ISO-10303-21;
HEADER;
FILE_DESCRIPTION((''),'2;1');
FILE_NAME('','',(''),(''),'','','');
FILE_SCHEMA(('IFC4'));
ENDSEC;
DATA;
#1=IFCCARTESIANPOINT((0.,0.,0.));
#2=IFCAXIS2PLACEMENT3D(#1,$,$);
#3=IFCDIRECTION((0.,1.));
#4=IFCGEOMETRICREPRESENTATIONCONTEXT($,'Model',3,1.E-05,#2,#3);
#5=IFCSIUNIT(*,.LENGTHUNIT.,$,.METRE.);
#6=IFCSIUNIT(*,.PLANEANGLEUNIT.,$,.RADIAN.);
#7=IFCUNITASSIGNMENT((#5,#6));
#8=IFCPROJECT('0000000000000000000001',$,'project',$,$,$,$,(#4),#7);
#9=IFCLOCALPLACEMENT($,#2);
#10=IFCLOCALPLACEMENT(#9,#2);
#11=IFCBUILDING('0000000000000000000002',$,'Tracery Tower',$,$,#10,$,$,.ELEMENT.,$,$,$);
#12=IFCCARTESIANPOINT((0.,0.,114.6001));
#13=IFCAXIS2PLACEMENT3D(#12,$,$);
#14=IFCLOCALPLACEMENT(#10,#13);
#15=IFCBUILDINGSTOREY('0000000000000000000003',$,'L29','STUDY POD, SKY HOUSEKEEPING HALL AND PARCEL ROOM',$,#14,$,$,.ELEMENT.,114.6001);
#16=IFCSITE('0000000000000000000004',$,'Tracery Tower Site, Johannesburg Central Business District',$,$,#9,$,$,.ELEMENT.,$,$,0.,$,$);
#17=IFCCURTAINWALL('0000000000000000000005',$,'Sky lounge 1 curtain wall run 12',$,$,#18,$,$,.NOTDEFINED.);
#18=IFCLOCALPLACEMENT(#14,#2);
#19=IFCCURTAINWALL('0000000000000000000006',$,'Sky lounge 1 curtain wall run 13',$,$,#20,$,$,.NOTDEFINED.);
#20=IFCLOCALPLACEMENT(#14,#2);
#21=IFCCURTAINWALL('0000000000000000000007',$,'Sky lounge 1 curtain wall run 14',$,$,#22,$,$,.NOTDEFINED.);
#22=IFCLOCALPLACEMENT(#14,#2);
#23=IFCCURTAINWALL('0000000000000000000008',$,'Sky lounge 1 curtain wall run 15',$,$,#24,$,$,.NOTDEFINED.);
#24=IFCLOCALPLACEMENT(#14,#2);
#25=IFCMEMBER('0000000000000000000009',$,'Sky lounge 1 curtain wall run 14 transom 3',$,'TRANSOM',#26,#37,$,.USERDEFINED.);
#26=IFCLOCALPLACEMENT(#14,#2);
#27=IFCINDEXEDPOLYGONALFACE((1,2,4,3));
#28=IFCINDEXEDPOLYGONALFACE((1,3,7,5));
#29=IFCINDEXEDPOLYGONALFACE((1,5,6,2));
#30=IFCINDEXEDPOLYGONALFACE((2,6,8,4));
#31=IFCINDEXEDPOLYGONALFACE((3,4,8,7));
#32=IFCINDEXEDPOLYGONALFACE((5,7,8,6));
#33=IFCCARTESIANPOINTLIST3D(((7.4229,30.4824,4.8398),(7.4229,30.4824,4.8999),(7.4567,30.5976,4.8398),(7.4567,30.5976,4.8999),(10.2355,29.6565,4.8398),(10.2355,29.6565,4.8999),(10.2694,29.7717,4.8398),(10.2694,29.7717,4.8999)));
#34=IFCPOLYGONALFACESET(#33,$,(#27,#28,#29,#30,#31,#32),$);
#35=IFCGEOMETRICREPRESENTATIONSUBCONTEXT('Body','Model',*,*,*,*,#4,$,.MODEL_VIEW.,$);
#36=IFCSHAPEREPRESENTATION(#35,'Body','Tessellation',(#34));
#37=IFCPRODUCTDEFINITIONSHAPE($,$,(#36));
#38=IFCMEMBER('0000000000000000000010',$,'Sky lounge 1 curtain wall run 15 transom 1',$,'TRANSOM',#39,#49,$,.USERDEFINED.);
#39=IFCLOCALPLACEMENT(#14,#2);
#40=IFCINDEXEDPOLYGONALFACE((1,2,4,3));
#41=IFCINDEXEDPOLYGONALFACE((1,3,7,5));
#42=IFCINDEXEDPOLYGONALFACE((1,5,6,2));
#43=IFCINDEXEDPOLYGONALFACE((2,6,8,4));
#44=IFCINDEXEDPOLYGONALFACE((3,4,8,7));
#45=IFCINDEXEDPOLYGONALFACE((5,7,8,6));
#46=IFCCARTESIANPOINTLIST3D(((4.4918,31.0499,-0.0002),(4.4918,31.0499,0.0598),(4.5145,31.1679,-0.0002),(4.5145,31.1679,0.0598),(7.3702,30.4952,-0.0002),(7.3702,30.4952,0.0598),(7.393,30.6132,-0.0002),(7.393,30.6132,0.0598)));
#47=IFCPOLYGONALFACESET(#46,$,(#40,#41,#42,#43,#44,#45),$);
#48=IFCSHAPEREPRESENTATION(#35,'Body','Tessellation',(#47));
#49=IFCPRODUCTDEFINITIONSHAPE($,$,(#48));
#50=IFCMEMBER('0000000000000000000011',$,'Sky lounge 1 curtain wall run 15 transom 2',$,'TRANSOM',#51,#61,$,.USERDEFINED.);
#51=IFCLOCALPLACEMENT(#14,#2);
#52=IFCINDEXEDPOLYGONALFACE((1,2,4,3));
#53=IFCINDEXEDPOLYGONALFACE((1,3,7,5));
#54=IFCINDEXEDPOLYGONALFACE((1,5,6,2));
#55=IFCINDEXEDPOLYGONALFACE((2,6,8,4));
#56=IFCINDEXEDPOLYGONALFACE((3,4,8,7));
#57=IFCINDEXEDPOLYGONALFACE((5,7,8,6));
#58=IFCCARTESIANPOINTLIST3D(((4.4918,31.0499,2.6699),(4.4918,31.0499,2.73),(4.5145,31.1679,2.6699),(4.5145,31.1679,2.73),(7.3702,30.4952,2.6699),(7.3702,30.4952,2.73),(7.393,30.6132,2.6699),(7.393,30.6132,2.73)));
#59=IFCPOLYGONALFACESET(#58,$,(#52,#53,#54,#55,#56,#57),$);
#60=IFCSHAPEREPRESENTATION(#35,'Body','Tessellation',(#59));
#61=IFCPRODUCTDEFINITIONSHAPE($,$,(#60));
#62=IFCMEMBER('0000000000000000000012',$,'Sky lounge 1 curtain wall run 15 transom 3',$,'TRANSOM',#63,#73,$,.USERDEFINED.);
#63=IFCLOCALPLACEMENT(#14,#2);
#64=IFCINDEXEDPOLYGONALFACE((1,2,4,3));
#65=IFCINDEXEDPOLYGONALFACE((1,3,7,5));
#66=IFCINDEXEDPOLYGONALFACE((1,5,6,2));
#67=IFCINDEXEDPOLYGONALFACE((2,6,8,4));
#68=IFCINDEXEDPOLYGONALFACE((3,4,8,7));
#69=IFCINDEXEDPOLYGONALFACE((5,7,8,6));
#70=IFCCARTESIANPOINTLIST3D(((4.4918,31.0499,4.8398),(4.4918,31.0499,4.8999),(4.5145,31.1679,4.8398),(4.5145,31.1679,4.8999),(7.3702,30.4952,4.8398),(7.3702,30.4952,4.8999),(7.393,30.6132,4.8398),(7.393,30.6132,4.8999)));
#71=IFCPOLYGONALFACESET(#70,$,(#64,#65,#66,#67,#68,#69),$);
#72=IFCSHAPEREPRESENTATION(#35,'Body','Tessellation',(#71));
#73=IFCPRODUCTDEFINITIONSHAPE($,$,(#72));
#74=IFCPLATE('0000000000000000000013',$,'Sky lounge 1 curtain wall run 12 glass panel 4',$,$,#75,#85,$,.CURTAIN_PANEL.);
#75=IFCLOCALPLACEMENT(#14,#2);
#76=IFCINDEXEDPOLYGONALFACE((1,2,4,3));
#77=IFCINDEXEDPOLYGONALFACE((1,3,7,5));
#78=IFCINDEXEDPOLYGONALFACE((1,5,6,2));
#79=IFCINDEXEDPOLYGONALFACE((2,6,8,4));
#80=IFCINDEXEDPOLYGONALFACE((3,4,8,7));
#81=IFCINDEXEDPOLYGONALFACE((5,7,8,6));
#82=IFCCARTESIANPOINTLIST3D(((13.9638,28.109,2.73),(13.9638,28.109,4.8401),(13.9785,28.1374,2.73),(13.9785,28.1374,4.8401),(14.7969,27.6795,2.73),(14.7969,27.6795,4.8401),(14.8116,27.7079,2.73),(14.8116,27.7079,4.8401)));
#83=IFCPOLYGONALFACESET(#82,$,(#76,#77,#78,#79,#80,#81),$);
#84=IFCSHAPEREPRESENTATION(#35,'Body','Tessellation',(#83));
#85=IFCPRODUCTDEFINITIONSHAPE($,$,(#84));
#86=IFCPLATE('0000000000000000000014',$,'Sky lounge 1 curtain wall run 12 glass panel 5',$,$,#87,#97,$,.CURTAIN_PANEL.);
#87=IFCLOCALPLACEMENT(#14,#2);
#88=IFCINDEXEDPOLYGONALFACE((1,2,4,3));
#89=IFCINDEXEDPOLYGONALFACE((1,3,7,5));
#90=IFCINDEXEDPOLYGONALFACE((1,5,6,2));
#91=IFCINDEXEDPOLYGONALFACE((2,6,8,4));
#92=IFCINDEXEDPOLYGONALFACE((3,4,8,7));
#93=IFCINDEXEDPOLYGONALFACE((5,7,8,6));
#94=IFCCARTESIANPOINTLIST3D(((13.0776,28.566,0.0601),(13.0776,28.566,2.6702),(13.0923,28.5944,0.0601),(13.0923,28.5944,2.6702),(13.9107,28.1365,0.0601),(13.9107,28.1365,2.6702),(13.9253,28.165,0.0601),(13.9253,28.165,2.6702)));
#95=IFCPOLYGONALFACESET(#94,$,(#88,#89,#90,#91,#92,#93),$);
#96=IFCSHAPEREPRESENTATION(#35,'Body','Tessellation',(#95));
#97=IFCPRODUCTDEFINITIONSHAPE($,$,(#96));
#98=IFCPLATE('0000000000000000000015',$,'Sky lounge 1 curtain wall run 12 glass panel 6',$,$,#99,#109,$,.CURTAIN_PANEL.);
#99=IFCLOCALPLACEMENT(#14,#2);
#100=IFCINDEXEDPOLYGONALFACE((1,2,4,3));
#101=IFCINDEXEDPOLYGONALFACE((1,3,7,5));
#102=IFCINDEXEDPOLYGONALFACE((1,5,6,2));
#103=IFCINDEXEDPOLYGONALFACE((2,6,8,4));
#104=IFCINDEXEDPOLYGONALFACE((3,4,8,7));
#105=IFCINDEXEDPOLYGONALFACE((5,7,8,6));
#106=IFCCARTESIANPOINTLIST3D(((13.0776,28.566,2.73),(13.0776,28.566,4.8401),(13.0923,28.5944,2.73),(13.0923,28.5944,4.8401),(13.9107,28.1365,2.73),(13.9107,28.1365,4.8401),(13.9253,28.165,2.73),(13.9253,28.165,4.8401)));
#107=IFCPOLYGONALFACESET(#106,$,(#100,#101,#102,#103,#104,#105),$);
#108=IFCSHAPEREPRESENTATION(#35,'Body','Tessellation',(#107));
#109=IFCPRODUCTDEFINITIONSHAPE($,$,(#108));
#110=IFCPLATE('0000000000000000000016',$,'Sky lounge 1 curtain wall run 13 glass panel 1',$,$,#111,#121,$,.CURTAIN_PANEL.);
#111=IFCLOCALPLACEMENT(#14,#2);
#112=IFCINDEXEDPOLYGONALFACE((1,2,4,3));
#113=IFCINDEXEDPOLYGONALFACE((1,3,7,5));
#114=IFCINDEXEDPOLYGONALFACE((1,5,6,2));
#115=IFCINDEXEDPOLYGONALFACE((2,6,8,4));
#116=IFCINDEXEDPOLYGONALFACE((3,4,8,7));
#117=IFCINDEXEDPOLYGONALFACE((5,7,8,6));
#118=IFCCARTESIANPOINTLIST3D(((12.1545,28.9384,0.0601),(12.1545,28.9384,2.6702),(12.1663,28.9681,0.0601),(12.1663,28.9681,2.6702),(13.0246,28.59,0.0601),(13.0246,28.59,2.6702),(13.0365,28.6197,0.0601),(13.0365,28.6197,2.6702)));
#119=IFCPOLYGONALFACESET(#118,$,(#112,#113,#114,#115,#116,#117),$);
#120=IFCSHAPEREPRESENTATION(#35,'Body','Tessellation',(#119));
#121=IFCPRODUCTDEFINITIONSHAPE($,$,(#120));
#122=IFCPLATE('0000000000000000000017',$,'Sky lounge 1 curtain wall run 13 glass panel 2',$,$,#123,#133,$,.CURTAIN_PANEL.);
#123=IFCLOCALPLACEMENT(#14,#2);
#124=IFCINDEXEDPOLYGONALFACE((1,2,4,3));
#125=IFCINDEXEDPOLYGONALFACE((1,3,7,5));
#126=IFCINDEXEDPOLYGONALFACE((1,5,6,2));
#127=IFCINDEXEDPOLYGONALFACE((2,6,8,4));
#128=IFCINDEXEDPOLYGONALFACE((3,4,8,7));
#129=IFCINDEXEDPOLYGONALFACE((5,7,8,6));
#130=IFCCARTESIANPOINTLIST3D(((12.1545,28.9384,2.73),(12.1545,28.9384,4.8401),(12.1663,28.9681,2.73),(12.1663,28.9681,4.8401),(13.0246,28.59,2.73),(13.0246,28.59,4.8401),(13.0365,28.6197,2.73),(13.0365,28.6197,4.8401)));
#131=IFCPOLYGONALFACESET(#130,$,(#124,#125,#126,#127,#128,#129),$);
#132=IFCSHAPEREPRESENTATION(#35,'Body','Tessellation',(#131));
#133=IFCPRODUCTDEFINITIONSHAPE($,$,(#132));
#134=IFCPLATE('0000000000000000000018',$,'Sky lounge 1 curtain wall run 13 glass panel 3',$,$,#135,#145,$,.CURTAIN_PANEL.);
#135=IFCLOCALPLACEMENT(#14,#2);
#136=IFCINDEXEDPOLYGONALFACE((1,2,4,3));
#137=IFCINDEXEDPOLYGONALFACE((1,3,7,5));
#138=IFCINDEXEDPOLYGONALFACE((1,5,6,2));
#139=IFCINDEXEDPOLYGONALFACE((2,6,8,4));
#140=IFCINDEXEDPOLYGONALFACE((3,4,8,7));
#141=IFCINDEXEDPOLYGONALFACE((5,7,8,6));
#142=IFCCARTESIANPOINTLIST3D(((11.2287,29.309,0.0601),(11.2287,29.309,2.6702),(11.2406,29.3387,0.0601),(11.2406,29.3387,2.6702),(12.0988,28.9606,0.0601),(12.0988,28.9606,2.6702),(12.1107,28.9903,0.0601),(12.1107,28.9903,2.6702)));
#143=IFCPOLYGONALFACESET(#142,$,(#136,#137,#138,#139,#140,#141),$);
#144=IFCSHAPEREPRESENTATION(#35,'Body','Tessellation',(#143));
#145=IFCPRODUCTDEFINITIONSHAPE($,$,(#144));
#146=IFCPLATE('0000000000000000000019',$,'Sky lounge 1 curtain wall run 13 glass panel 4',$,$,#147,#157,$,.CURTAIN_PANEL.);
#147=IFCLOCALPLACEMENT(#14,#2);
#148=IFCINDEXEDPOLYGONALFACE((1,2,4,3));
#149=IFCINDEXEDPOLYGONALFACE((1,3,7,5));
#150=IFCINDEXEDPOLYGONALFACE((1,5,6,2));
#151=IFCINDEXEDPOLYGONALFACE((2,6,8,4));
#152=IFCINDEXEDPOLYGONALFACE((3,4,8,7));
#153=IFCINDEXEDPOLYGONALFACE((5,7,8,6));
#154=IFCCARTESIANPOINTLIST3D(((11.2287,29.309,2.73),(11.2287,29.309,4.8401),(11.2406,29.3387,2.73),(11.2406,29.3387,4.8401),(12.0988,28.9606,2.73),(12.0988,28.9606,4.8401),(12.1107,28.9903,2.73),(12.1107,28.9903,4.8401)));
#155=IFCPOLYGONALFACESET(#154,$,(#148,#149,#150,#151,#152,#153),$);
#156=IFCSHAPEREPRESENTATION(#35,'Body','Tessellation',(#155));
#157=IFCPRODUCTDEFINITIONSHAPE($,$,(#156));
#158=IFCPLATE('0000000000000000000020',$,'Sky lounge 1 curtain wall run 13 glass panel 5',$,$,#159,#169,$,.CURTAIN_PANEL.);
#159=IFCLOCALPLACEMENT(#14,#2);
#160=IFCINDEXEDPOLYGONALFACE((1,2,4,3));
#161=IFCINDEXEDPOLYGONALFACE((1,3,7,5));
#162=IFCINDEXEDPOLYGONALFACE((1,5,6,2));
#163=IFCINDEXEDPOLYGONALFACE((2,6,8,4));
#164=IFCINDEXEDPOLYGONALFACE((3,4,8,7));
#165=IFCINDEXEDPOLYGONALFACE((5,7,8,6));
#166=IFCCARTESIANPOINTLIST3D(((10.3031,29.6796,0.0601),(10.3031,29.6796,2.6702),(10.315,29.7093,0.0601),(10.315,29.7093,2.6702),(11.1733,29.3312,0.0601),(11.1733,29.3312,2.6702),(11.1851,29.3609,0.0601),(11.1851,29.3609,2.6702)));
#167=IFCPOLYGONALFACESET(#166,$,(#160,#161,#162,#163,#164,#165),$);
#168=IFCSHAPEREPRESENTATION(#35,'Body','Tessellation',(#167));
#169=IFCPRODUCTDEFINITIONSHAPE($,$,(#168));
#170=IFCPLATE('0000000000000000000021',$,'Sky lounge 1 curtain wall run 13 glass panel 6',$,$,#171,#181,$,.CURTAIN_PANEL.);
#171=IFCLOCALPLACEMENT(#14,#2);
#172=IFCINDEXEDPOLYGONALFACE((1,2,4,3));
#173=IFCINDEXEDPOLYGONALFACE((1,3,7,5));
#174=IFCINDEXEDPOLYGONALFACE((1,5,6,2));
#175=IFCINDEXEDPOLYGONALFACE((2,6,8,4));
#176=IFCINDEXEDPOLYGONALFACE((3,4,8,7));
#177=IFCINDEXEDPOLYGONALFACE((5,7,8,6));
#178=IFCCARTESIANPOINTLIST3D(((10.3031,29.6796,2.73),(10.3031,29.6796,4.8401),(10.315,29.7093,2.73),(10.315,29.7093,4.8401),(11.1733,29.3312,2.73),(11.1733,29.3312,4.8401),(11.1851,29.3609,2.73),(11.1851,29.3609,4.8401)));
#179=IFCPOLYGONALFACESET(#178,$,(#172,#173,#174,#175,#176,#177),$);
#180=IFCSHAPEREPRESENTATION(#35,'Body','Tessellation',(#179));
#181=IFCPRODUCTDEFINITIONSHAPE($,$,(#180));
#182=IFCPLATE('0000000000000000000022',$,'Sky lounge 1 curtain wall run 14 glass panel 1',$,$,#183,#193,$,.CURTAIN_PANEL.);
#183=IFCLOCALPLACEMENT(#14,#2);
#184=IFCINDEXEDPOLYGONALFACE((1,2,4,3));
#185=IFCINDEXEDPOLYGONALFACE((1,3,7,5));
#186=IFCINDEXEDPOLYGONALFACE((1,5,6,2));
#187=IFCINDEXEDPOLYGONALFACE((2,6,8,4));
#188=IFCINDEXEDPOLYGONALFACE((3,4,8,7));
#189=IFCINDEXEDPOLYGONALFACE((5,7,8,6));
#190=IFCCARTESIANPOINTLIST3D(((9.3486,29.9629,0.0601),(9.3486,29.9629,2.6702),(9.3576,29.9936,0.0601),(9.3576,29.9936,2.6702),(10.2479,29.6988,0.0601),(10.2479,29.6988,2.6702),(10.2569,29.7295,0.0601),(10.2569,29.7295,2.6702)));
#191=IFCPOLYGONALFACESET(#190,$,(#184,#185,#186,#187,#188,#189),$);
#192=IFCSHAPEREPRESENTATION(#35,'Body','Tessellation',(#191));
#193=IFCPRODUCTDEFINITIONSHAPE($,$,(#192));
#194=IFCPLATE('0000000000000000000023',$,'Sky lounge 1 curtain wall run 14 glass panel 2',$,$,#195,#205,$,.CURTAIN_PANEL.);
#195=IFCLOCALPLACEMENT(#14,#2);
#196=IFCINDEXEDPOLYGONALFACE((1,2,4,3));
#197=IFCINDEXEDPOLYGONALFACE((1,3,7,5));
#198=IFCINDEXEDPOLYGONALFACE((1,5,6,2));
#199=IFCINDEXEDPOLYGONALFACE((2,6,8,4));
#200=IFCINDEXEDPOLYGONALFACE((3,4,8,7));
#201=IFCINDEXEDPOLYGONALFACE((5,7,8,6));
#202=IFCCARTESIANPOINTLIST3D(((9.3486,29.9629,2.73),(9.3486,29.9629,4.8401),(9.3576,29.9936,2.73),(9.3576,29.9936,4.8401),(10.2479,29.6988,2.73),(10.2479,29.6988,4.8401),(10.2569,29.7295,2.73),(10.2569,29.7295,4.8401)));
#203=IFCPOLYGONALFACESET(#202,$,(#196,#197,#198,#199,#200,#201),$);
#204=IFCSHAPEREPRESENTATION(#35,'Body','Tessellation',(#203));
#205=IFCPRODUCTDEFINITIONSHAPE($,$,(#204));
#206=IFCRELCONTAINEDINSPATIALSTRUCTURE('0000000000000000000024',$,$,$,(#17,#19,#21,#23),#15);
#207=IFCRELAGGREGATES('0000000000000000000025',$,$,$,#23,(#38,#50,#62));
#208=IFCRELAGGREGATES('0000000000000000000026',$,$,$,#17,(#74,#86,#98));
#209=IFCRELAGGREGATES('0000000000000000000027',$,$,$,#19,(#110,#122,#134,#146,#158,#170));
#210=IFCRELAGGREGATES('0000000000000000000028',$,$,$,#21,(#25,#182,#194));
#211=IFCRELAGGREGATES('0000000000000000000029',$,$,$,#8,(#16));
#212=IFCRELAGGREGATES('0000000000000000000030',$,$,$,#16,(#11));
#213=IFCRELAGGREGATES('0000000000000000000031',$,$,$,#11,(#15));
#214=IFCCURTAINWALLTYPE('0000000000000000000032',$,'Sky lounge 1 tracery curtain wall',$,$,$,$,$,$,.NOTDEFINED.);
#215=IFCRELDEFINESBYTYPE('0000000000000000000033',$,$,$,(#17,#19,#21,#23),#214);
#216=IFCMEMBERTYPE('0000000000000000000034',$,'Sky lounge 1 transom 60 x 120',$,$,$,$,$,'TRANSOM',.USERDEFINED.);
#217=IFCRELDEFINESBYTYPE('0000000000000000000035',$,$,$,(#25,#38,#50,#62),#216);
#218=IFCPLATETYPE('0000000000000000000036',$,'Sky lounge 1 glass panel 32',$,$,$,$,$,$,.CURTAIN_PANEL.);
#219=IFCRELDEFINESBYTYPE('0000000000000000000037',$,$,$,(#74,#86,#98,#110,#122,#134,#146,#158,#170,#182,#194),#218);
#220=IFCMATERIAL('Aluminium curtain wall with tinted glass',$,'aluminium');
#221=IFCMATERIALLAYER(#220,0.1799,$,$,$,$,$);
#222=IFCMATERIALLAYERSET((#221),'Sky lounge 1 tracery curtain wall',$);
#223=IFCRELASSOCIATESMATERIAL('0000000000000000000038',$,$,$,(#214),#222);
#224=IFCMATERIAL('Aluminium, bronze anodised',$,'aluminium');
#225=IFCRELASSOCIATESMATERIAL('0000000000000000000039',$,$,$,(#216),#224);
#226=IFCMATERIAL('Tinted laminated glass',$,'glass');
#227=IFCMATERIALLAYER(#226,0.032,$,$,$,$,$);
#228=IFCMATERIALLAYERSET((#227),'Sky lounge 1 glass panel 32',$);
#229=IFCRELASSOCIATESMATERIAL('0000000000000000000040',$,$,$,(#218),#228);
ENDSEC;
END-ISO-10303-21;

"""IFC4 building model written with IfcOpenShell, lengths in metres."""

from ifc_helpers import new_model, si_unit, direction, frame, origin, origin_2d, place, context, subcontext, project, spatial, rectangle, extrude, material, layer, layer_set, material_profile, profile_set, type_object, element, aggregate, save


model = new_model("IFC4")

# Units and contexts
model_context = context("Model", 3, precision=1e-05, world=origin(), true_north=direction((0.0, 1.0)))
body_context = subcontext(model_context, "Body", "Model", "MODEL_VIEW")
ifc_project = project(units=[si_unit("LENGTHUNIT", "METRE"), si_unit("PLANEANGLEUNIT", "RADIAN")], contexts=[model_context])

# Site, building, storey
site_placement = place(None, origin())
site = spatial("IfcSite", under=ifc_project, at=site_placement, Name="Tracery Tower Site, Johannesburg Central Business District", CompositionType="ELEMENT", RefElevation=0.0)
building_placement = place(site_placement, origin())
building = spatial("IfcBuilding", under=site, at=building_placement, Name="Tracery Tower", CompositionType="ELEMENT")
storey_placement = place(building_placement, frame((0.0, 0.0, 114.6001)))
storey = spatial("IfcBuildingStorey", under=building, at=storey_placement, Name="L29", Description="STUDY POD, SKY HOUSEKEEPING HALL AND PARCEL ROOM", CompositionType="ELEMENT", Elevation=114.6001)

# Curtain wall
ifc_material_1 = material(Name="Aluminium curtain wall with tinted glass", Category="aluminium")
ifc_layer_1 = layer(ifc_material_1, 0.1799)
ifc_layer_set_1 = layer_set([ifc_layer_1], Name="Sky lounge 1 tracery curtain wall")
curtain_wall_type = type_object("IfcCurtainWallType", Name="Sky lounge 1 tracery curtain wall", PredefinedType="NOTDEFINED", material=ifc_layer_set_1)
curtain_wall_1_placement = place(storey_placement, origin())
curtain_wall_1 = element("IfcCurtainWall", 1, at=curtain_wall_1_placement, inside=storey, type_object=curtain_wall_type, Name="Sky lounge 1 curtain wall run 12", PredefinedType="NOTDEFINED")

# Curtain walls
curtain_wall_2_placement = place(storey_placement, origin())
curtain_wall_2 = element("IfcCurtainWall", 2, at=curtain_wall_2_placement, inside=storey, type_object=curtain_wall_type, Name="Sky lounge 1 curtain wall run 13", PredefinedType="NOTDEFINED")
curtain_wall_3_placement = place(storey_placement, origin())
curtain_wall_3 = element("IfcCurtainWall", 3, at=curtain_wall_3_placement, inside=storey, type_object=curtain_wall_type, Name="Sky lounge 1 curtain wall run 14", PredefinedType="NOTDEFINED")

# Curtain wall
curtain_wall_4_placement = place(storey_placement, origin())
curtain_wall_4 = element("IfcCurtainWall", 4, at=curtain_wall_4_placement, inside=storey, type_object=curtain_wall_type, Name="Sky lounge 1 curtain wall run 15", PredefinedType="NOTDEFINED")

# Members
ifc_material_2 = material(Name="Aluminium, bronze anodised", Category="aluminium")
ifc_material_profile_1 = material_profile(ifc_material_2, rectangle(XDim=0.1201, YDim=0.0601, at=origin_2d()), Name="AL 60x120")
ifc_profile_set_1 = profile_set([ifc_material_profile_1], Name="Aluminium, bronze anodised")
member_type_1 = type_object("IfcMemberType", Name="Sky lounge 1 transom 60 x 120", ElementType="TRANSOM", PredefinedType="USERDEFINED", material=ifc_profile_set_1)
member_1_placement = place(storey_placement, frame((10.2524, 29.7141, 4.8699), z_axis=(-0.95949, 0.281742, 0.0), x_axis=(-0.281742, -0.95949, 0.0)))
member_1 = element("IfcMember", 5, at=member_1_placement, type_object=member_type_1, Name="Sky lounge 1 curtain wall run 14 transom 3", ObjectType="TRANSOM", PredefinedType="USERDEFINED", context=body_context, shape_type="SweptSolid", body=[
    extrude(rectangle(XDim=0.1201, YDim=0.0601, at=origin_2d()), origin(), (0.0, 0.0, 1.0), 2.9314),
])
member_2_placement = place(storey_placement, frame((7.3816, 30.5542, 0.0298), z_axis=(-0.981934, 0.189224, 0.0), x_axis=(-0.189224, -0.981934, 0.0)))
member_2 = element("IfcMember", 6, at=member_2_placement, type_object=member_type_1, Name="Sky lounge 1 curtain wall run 15 transom 1", ObjectType="TRANSOM", PredefinedType="USERDEFINED", context=body_context, shape_type="SweptSolid", body=[
    extrude(rectangle(XDim=0.1201, YDim=0.0601, at=origin_2d()), origin(), (0.0, 0.0, 1.0), 2.9314),
])
member_3_placement = place(storey_placement, frame((7.3816, 30.5542, 2.7), z_axis=(-0.981934, 0.189224, 0.0), x_axis=(-0.189224, -0.981934, 0.0)))
member_3 = element("IfcMember", 7, at=member_3_placement, type_object=member_type_1, Name="Sky lounge 1 curtain wall run 15 transom 2", ObjectType="TRANSOM", PredefinedType="USERDEFINED", context=body_context, shape_type="SweptSolid", body=[
    extrude(rectangle(XDim=0.1201, YDim=0.0601, at=origin_2d()), origin(), (0.0, 0.0, 1.0), 2.9314),
])
member_4_placement = place(storey_placement, frame((7.3816, 30.5542, 4.8699), z_axis=(-0.981934, 0.189224, 0.0), x_axis=(-0.189224, -0.981934, 0.0)))
member_4 = element("IfcMember", 8, at=member_4_placement, type_object=member_type_1, Name="Sky lounge 1 curtain wall run 15 transom 3", ObjectType="TRANSOM", PredefinedType="USERDEFINED", context=body_context, shape_type="SweptSolid", body=[
    extrude(rectangle(XDim=0.1201, YDim=0.0601, at=origin_2d()), origin(), (0.0, 0.0, 1.0), 2.9314),
])
aggregate(curtain_wall_4, [member_2, member_3, member_4])

# Plates
ifc_material_3 = material(Name="Tinted laminated glass", Category="glass")
ifc_layer_2 = layer(ifc_material_3, 0.032)
ifc_layer_set_2 = layer_set([ifc_layer_2], Name="Sky lounge 1 glass panel 32")
plate_type = type_object("IfcPlateType", Name="Sky lounge 1 glass panel 32", PredefinedType="CURTAIN_PANEL", material=ifc_layer_set_2)
plate_1_placement = place(storey_placement, frame((14.3877, 27.9084, 2.73), z_axis=(0.0, 0.0, 1.0), x_axis=(-0.888835, 0.458227, 0.0)))
plate_1 = element("IfcPlate", 9, at=plate_1_placement, type_object=plate_type, Name="Sky lounge 1 curtain wall run 12 glass panel 4", PredefinedType="CURTAIN_PANEL", context=body_context, shape_type="SweptSolid", body=[
    extrude(rectangle(XDim=0.9373, YDim=0.032, at=origin_2d()), origin(), (0.0, 0.0, 1.0), 2.1101),
])
plate_2_placement = place(storey_placement, frame((13.5015, 28.3655, 0.0601), z_axis=(0.0, 0.0, 1.0), x_axis=(-0.888835, 0.458227, 0.0)))
plate_2 = element("IfcPlate", 10, at=plate_2_placement, type_object=plate_type, Name="Sky lounge 1 curtain wall run 12 glass panel 5", PredefinedType="CURTAIN_PANEL", context=body_context, shape_type="SweptSolid", body=[
    extrude(rectangle(XDim=0.9373, YDim=0.032, at=origin_2d()), origin(), (0.0, 0.0, 1.0), 2.6101),
])
plate_3_placement = place(storey_placement, frame((13.5015, 28.3655, 2.73), z_axis=(0.0, 0.0, 1.0), x_axis=(-0.888835, 0.458227, 0.0)))
plate_3 = element("IfcPlate", 11, at=plate_3_placement, type_object=plate_type, Name="Sky lounge 1 curtain wall run 12 glass panel 6", PredefinedType="CURTAIN_PANEL", context=body_context, shape_type="SweptSolid", body=[
    extrude(rectangle(XDim=0.9373, YDim=0.032, at=origin_2d()), origin(), (0.0, 0.0, 1.0), 2.1101),
])
aggregate(curtain_wall_1, [plate_1, plate_2, plate_3])
plate_4_placement = place(storey_placement, frame((12.5955, 28.7791, 0.0601), z_axis=(0.0, 0.0, 1.0), x_axis=(-0.928368, 0.371662, 0.0)))
plate_4 = element("IfcPlate", 12, at=plate_4_placement, type_object=plate_type, Name="Sky lounge 1 curtain wall run 13 glass panel 1", PredefinedType="CURTAIN_PANEL", context=body_context, shape_type="SweptSolid", body=[
    extrude(rectangle(XDim=0.9373, YDim=0.032, at=origin_2d()), origin(), (0.0, 0.0, 1.0), 2.6101),
])
plate_5_placement = place(storey_placement, frame((12.5955, 28.7791, 2.73), z_axis=(0.0, 0.0, 1.0), x_axis=(-0.928368, 0.371662, 0.0)))
plate_5 = element("IfcPlate", 13, at=plate_5_placement, type_object=plate_type, Name="Sky lounge 1 curtain wall run 13 glass panel 2", PredefinedType="CURTAIN_PANEL", context=body_context, shape_type="SweptSolid", body=[
    extrude(rectangle(XDim=0.9373, YDim=0.032, at=origin_2d()), origin(), (0.0, 0.0, 1.0), 2.1101),
])
plate_6_placement = place(storey_placement, frame((11.6697, 29.1497, 0.0601), z_axis=(0.0, 0.0, 1.0), x_axis=(-0.928368, 0.371662, 0.0)))
plate_6 = element("IfcPlate", 14, at=plate_6_placement, type_object=plate_type, Name="Sky lounge 1 curtain wall run 13 glass panel 3", PredefinedType="CURTAIN_PANEL", context=body_context, shape_type="SweptSolid", body=[
    extrude(rectangle(XDim=0.9373, YDim=0.032, at=origin_2d()), origin(), (0.0, 0.0, 1.0), 2.6101),
])
plate_7_placement = place(storey_placement, frame((11.6697, 29.1497, 2.73), z_axis=(0.0, 0.0, 1.0), x_axis=(-0.928368, 0.371662, 0.0)))
plate_7 = element("IfcPlate", 15, at=plate_7_placement, type_object=plate_type, Name="Sky lounge 1 curtain wall run 13 glass panel 4", PredefinedType="CURTAIN_PANEL", context=body_context, shape_type="SweptSolid", body=[
    extrude(rectangle(XDim=0.9373, YDim=0.032, at=origin_2d()), origin(), (0.0, 0.0, 1.0), 2.1101),
])
plate_8_placement = place(storey_placement, frame((10.7441, 29.5203, 0.0601), z_axis=(0.0, 0.0, 1.0), x_axis=(-0.928368, 0.371662, 0.0)))
plate_8 = element("IfcPlate", 16, at=plate_8_placement, type_object=plate_type, Name="Sky lounge 1 curtain wall run 13 glass panel 5", PredefinedType="CURTAIN_PANEL", context=body_context, shape_type="SweptSolid", body=[
    extrude(rectangle(XDim=0.9373, YDim=0.032, at=origin_2d()), origin(), (0.0, 0.0, 1.0), 2.6101),
])
plate_9_placement = place(storey_placement, frame((10.7441, 29.5203, 2.73), z_axis=(0.0, 0.0, 1.0), x_axis=(-0.928368, 0.371662, 0.0)))
plate_9 = element("IfcPlate", 17, at=plate_9_placement, type_object=plate_type, Name="Sky lounge 1 curtain wall run 13 glass panel 6", PredefinedType="CURTAIN_PANEL", context=body_context, shape_type="SweptSolid", body=[
    extrude(rectangle(XDim=0.9373, YDim=0.032, at=origin_2d()), origin(), (0.0, 0.0, 1.0), 2.1101),
])
aggregate(curtain_wall_2, [plate_4, plate_5, plate_6, plate_7, plate_8, plate_9])
plate_10_placement = place(storey_placement, frame((9.8027, 29.8462, 0.0601), z_axis=(0.0, 0.0, 1.0), x_axis=(-0.959493, 0.281733, 0.0)))
plate_10 = element("IfcPlate", 18, at=plate_10_placement, type_object=plate_type, Name="Sky lounge 1 curtain wall run 14 glass panel 1", PredefinedType="CURTAIN_PANEL", context=body_context, shape_type="SweptSolid", body=[
    extrude(rectangle(XDim=0.9373, YDim=0.032, at=origin_2d()), origin(), (0.0, 0.0, 1.0), 2.6101),
])
plate_11_placement = place(storey_placement, frame((9.8027, 29.8462, 2.73), z_axis=(0.0, 0.0, 1.0), x_axis=(-0.959493, 0.281733, 0.0)))
plate_11 = element("IfcPlate", 19, at=plate_11_placement, type_object=plate_type, Name="Sky lounge 1 curtain wall run 14 glass panel 2", PredefinedType="CURTAIN_PANEL", context=body_context, shape_type="SweptSolid", body=[
    extrude(rectangle(XDim=0.9373, YDim=0.032, at=origin_2d()), origin(), (0.0, 0.0, 1.0), 2.1101),
])
aggregate(curtain_wall_3, [member_1, plate_10, plate_11])

save(model, "model.ifc")
